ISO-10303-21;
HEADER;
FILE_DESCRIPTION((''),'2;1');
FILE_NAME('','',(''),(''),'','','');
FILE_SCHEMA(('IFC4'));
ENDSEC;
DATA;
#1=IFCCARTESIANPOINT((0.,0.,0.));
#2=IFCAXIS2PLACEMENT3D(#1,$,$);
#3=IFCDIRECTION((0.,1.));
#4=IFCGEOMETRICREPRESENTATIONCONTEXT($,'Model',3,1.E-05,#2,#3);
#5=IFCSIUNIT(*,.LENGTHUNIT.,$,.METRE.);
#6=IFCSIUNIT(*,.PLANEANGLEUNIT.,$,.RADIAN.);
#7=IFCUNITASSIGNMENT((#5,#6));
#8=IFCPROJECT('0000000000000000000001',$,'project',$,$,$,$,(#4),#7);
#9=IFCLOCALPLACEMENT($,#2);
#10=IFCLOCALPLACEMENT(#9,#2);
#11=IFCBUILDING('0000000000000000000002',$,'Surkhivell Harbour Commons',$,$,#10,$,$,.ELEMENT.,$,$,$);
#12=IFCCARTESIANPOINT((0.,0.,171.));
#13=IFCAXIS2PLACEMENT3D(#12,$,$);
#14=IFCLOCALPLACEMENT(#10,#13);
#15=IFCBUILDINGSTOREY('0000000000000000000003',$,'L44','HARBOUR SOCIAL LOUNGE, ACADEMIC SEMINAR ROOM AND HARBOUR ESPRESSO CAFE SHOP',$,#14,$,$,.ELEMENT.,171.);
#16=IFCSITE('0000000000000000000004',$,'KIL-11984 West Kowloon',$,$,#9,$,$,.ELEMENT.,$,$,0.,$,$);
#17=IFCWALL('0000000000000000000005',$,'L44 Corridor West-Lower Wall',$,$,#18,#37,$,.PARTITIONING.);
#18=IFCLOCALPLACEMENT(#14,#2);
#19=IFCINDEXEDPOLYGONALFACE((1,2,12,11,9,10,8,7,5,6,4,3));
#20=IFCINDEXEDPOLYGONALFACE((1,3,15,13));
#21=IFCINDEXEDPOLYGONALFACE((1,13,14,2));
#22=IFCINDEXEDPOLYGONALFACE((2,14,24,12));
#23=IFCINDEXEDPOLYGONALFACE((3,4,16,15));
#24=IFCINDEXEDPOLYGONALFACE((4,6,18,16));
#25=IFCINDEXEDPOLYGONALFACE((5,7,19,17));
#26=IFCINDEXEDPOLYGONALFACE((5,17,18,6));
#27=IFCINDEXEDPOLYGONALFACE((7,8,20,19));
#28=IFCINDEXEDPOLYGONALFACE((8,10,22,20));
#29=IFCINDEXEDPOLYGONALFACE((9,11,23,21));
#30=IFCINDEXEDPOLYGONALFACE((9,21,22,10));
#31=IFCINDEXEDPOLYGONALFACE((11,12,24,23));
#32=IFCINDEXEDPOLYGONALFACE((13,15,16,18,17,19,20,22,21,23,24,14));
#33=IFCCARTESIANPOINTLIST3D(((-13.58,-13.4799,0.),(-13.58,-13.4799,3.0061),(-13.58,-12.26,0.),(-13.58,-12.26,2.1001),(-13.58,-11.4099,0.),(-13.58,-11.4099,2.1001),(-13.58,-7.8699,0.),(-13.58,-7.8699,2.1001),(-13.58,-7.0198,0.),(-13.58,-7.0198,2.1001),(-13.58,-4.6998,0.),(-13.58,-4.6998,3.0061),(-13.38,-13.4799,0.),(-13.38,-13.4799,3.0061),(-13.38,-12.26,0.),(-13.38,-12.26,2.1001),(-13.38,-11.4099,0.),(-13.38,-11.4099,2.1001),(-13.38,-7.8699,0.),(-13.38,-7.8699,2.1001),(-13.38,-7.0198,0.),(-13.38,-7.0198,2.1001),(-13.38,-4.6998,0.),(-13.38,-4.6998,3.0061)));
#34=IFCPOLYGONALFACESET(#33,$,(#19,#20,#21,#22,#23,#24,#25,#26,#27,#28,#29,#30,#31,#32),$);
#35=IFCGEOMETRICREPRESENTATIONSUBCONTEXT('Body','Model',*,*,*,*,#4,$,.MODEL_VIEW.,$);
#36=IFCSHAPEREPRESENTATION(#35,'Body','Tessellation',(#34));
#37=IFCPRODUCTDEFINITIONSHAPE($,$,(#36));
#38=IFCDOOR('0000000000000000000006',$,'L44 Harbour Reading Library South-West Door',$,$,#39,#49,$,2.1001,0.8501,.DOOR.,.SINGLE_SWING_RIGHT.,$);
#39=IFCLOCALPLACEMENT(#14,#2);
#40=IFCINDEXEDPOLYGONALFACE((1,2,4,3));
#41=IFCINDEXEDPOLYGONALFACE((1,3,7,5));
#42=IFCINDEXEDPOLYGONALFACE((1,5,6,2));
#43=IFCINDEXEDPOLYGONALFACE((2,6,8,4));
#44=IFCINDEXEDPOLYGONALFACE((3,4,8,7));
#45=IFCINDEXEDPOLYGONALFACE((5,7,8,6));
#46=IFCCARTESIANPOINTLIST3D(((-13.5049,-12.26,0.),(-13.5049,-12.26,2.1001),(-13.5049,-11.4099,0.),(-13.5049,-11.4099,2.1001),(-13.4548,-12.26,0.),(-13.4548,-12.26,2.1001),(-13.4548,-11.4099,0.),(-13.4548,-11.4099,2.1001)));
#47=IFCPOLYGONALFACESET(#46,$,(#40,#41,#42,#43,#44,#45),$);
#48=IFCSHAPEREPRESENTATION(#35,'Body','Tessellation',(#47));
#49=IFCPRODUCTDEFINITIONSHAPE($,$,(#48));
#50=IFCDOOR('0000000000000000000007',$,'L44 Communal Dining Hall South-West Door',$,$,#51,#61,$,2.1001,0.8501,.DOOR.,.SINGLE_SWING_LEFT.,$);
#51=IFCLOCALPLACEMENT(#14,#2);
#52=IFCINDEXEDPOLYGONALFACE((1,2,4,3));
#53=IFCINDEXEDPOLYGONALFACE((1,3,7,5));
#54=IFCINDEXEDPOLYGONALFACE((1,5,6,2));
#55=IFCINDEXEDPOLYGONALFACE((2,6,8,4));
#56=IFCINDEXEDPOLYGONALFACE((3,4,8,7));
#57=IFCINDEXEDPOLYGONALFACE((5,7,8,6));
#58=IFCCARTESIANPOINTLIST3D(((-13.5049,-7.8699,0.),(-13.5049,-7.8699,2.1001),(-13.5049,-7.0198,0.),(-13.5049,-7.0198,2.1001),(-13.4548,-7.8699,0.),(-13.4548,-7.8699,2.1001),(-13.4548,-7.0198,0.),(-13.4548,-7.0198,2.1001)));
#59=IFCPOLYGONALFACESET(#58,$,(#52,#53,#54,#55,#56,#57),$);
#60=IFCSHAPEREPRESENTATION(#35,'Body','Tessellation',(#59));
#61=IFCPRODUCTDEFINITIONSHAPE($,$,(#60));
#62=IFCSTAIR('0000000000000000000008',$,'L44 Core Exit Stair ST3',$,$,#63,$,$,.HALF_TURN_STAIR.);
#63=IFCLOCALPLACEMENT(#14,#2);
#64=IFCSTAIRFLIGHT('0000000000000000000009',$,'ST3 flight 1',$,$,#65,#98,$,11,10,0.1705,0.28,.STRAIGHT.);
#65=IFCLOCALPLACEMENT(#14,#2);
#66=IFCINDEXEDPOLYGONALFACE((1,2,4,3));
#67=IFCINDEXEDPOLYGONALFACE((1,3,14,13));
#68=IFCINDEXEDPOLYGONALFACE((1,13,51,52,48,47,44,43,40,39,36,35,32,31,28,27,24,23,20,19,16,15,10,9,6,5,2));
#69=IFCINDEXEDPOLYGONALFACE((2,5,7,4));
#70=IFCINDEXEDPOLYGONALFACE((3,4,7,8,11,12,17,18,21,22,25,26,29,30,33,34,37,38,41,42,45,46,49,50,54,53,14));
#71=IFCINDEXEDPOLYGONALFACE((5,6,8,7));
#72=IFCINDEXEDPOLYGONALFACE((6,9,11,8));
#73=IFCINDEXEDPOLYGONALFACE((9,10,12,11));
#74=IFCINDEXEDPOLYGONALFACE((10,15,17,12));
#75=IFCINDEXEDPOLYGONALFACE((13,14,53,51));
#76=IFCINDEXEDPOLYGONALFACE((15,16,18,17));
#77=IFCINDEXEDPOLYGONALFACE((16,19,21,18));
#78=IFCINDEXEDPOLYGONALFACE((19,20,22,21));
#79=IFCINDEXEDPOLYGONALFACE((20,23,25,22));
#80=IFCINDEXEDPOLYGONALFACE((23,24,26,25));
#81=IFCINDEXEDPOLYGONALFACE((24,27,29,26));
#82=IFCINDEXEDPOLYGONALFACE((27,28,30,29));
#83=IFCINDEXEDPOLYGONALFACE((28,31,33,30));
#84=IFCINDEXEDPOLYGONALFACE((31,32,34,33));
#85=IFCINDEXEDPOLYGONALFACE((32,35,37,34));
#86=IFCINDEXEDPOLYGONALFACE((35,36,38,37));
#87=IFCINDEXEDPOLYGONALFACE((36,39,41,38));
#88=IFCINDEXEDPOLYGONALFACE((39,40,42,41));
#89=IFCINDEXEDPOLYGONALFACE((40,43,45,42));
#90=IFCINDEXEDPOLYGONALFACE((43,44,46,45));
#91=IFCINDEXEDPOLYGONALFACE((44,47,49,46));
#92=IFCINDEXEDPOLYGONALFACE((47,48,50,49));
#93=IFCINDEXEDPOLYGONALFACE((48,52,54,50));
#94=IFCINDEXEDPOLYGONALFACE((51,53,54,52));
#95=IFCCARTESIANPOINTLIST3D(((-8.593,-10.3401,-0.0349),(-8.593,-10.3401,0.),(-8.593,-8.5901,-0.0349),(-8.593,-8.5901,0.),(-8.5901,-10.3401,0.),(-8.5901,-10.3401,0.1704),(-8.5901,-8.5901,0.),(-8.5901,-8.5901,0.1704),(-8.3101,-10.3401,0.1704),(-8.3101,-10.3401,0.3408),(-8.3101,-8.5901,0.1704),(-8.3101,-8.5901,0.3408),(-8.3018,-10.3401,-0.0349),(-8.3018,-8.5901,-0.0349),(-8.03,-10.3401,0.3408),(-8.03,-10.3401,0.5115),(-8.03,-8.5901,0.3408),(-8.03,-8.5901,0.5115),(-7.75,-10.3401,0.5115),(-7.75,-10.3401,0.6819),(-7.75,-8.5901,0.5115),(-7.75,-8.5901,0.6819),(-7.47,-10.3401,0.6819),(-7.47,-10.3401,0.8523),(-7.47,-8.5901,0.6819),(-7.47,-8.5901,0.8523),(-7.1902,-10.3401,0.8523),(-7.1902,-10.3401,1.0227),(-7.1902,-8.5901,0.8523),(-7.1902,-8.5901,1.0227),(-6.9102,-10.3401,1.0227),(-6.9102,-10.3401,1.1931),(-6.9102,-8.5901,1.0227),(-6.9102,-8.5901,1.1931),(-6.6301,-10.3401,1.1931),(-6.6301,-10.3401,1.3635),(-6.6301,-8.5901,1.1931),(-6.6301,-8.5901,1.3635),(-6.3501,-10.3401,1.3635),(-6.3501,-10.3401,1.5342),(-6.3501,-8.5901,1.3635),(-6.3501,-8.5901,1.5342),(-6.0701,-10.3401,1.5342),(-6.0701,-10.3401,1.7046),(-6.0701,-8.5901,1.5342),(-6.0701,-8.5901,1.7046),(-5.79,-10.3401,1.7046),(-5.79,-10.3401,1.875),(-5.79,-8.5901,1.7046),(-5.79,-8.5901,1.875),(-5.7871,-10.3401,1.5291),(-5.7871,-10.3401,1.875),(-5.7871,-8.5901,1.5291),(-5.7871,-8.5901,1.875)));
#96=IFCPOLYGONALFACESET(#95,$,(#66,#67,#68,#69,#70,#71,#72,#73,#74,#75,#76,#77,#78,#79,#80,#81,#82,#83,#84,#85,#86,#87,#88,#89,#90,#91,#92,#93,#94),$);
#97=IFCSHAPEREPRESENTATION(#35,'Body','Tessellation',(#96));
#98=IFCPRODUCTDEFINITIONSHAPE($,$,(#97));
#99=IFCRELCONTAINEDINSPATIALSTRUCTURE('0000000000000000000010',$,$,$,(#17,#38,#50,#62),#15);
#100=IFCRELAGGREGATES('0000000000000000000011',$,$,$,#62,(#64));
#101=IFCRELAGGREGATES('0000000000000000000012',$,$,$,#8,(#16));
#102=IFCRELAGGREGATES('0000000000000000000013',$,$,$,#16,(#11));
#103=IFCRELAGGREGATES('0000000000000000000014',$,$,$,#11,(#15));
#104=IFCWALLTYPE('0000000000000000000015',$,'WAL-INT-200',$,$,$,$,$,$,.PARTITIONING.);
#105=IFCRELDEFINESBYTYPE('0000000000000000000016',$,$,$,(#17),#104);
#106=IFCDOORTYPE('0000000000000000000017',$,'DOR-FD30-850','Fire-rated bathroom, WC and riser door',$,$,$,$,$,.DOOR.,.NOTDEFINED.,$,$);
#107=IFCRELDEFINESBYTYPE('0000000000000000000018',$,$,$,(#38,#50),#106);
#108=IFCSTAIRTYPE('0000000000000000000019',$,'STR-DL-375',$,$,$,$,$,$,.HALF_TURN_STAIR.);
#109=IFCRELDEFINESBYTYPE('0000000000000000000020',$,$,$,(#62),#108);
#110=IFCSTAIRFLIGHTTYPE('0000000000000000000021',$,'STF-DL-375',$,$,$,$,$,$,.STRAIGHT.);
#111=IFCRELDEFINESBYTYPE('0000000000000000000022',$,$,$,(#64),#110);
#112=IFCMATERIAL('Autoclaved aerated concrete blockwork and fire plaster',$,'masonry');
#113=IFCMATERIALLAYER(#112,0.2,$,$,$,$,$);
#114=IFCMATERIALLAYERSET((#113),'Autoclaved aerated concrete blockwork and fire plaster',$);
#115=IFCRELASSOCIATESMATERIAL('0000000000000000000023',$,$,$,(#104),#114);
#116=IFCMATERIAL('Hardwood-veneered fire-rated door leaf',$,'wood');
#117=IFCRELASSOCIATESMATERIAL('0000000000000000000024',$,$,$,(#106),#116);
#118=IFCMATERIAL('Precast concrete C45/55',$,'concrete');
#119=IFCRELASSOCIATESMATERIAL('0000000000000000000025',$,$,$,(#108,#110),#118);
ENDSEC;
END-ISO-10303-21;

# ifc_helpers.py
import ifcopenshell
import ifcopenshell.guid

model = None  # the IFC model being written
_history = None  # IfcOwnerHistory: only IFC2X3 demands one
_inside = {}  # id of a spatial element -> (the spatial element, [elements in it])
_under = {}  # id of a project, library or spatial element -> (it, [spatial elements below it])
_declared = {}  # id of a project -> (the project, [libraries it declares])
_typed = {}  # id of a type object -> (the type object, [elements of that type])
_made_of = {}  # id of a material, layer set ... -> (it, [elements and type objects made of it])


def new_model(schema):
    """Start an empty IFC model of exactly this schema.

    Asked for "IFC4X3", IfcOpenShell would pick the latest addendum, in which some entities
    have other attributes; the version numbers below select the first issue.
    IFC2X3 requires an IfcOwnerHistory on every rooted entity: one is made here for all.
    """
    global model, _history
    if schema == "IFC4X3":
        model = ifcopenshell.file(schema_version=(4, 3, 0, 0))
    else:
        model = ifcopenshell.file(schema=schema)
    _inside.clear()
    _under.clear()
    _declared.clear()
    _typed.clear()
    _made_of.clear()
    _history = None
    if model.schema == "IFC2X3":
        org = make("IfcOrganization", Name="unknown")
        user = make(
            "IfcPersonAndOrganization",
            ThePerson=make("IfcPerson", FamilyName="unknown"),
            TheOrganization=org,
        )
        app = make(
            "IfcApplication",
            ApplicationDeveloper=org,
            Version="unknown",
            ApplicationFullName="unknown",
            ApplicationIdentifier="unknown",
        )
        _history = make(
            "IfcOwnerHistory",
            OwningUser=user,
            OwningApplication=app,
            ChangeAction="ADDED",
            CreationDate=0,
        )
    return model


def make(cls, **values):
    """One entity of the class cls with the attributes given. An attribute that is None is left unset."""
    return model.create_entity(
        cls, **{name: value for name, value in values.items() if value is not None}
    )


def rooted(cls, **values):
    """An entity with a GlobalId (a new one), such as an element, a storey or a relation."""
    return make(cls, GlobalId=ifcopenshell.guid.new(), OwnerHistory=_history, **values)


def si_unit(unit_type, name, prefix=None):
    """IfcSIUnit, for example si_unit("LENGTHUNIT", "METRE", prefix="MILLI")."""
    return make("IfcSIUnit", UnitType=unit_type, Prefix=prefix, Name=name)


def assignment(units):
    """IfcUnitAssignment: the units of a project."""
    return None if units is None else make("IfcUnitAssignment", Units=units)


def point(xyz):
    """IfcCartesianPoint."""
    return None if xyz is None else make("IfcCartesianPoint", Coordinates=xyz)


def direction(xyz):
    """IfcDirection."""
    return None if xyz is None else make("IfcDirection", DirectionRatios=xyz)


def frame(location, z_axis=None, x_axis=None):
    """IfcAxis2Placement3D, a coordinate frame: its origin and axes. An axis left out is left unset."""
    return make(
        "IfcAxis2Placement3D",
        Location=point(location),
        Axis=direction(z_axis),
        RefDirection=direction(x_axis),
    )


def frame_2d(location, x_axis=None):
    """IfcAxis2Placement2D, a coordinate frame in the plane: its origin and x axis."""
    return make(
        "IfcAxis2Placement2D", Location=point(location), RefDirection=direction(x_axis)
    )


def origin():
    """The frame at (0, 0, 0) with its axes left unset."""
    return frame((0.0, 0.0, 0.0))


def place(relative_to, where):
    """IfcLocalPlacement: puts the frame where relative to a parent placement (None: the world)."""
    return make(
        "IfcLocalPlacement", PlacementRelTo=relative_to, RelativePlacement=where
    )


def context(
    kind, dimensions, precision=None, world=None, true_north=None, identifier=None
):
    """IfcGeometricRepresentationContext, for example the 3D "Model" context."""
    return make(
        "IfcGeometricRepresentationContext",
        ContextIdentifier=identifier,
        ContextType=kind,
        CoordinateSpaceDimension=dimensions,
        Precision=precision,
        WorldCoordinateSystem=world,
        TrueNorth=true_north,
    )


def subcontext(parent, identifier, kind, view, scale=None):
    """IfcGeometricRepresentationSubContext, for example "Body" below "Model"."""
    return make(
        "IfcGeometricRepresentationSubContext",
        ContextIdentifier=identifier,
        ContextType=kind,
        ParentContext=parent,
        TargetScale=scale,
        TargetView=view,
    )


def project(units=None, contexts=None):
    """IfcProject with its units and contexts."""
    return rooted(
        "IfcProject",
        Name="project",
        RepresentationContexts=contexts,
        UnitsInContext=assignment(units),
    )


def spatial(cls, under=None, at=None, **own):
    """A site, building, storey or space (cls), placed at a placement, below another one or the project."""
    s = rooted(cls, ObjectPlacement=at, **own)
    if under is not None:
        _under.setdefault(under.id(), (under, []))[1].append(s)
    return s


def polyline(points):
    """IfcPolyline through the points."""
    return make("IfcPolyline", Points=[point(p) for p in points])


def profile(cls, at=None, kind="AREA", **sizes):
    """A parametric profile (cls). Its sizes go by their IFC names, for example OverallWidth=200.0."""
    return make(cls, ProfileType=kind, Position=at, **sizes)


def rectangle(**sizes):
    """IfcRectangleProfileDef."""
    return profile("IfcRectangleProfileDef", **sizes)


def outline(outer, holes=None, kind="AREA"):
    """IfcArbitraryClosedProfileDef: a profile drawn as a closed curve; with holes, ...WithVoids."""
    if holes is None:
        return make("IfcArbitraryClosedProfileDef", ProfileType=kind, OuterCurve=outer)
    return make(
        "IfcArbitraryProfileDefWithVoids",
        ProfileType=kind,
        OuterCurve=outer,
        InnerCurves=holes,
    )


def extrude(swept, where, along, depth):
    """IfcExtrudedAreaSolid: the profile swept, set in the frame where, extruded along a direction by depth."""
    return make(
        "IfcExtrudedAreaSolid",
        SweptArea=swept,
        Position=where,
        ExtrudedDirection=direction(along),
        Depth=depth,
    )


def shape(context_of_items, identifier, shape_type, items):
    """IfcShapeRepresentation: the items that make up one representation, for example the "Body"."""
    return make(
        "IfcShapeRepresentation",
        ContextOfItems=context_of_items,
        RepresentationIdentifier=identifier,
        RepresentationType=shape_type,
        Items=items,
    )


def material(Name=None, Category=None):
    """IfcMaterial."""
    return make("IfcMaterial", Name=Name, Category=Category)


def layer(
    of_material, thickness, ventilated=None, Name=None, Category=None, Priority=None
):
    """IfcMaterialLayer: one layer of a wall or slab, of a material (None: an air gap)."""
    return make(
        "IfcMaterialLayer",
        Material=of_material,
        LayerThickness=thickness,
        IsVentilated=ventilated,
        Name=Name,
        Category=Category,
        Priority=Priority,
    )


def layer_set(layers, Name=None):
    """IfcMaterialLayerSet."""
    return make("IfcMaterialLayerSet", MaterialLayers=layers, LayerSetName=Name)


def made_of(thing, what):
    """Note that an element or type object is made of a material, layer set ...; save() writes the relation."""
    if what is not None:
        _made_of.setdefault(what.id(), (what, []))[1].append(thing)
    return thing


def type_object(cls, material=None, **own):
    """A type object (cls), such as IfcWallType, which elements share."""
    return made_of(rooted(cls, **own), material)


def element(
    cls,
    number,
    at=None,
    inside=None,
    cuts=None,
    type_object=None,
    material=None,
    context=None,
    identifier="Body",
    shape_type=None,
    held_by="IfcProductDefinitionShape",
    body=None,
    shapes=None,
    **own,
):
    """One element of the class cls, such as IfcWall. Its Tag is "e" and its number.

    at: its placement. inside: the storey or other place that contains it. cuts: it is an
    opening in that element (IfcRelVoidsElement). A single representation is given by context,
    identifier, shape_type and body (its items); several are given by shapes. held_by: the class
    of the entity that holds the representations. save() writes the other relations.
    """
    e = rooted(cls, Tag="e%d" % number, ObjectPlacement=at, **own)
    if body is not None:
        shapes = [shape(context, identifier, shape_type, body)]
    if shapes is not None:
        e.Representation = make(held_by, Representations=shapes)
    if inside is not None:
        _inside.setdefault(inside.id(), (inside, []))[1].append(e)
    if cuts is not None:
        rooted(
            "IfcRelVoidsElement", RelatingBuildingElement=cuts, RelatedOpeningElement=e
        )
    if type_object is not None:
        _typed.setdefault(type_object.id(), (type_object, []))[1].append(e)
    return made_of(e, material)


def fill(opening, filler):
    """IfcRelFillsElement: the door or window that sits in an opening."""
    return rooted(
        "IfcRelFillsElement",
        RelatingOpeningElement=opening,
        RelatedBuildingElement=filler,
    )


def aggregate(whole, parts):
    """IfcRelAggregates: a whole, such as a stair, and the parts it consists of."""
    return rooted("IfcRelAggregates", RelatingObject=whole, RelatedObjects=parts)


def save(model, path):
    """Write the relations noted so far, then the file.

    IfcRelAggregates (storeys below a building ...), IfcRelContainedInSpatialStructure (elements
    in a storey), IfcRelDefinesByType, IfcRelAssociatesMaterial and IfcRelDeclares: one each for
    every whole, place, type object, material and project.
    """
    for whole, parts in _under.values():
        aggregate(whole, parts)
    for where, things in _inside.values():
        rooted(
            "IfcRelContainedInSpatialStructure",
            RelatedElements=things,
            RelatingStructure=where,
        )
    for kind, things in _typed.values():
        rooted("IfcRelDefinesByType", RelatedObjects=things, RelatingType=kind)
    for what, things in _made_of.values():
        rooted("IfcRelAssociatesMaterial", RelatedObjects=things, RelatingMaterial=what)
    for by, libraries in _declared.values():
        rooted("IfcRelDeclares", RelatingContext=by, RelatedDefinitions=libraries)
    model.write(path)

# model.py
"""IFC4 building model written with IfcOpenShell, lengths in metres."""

from ifc_helpers import new_model, si_unit, direction, frame, frame_2d, origin, place, context, subcontext, project, spatial, polyline, rectangle, outline, extrude, material, layer, layer_set, type_object, element, fill, aggregate, save


model = new_model("IFC4")

# Units and contexts
model_context = context("Model", 3, precision=1e-05, world=origin(), true_north=direction((0.0, 1.0)))
body_context = subcontext(model_context, "Body", "Model", "MODEL_VIEW")
ifc_project = project(units=[si_unit("LENGTHUNIT", "METRE"), si_unit("PLANEANGLEUNIT", "RADIAN")], contexts=[model_context])

# Site, building, storey
site_placement = place(None, origin())
site = spatial("IfcSite", under=ifc_project, at=site_placement, Name="KIL-11984 West Kowloon", CompositionType="ELEMENT", RefElevation=0.0)
building_placement = place(site_placement, origin())
building = spatial("IfcBuilding", under=site, at=building_placement, Name="Surkhivell Harbour Commons", CompositionType="ELEMENT")
storey_placement = place(building_placement, frame((0.0, 0.0, 171.0)))
storey = spatial("IfcBuildingStorey", under=building, at=storey_placement, Name="L44", Description="HARBOUR SOCIAL LOUNGE, ACADEMIC SEMINAR ROOM AND HARBOUR ESPRESSO CAFE SHOP", CompositionType="ELEMENT", Elevation=171.0)

# Wall, openings, doors
ifc_material_1 = material(Name="Autoclaved aerated concrete blockwork and fire plaster", Category="masonry")
ifc_layer_1 = layer(ifc_material_1, 0.2)
ifc_layer_set_1 = layer_set([ifc_layer_1], Name="Autoclaved aerated concrete blockwork and fire plaster")
wall_type_1 = type_object("IfcWallType", Name="WAL-INT-200", PredefinedType="PARTITIONING", material=ifc_layer_set_1)
ifc_material_2 = material(Name="Hardwood-veneered fire-rated door leaf", Category="wood")
door_type = type_object("IfcDoorType", Name="DOR-FD30-850", Description="Fire-rated bathroom, WC and riser door", OperationType="NOTDEFINED", PredefinedType="DOOR", material=ifc_material_2)
wall_1_placement = place(storey_placement, frame((-13.48, -13.48, 0.0), z_axis=(0.0, 0.0, 1.0), x_axis=(0.0, 1.0, 0.0)))
wall_1 = element("IfcWall", 1, at=wall_1_placement, inside=storey, type_object=wall_type_1, Name="L44 Corridor West-Lower Wall", PredefinedType="PARTITIONING", context=body_context, shape_type="SweptSolid", body=[
    extrude(rectangle(XDim=8.78, YDim=0.2, at=frame_2d((4.3901, 0.0))), origin(), (0.0, 0.0, 1.0), 3.0061),
])
opening_1_placement = place(wall_1_placement, frame((1.22, 0.0, 0.0)))
opening_1 = element("IfcOpeningElement", 2, at=opening_1_placement, cuts=wall_1, PredefinedType="OPENING", context=body_context, shape_type="SweptSolid", body=[
    extrude(rectangle(XDim=0.8501, YDim=2.1001, at=frame_2d((0.425, 1.05))), frame((0.0, 0.1099, 0.0), z_axis=(0.0, -1.0, 0.0), x_axis=(1.0, 0.0, 0.0)), (0.0, 0.0, 1.0), 0.22),
])
opening_2_placement = place(wall_1_placement, frame((5.6101, 0.0, 0.0)))
opening_2 = element("IfcOpeningElement", 3, at=opening_2_placement, cuts=wall_1, PredefinedType="OPENING", context=body_context, shape_type="SweptSolid", body=[
    extrude(rectangle(XDim=0.8501, YDim=2.1001, at=frame_2d((0.425, 1.05))), frame((0.0, 0.1099, 0.0), z_axis=(0.0, -1.0, 0.0), x_axis=(1.0, 0.0, 0.0)), (0.0, 0.0, 1.0), 0.22),
])
door_1_placement = place(opening_1_placement, origin())
door_1 = element("IfcDoor", 4, at=door_1_placement, inside=storey, type_object=door_type, Name="L44 Harbour Reading Library South-West Door", OperationType="SINGLE_SWING_RIGHT", OverallHeight=2.1001, OverallWidth=0.8501, PredefinedType="DOOR", context=body_context, shape_type="SweptSolid", body=[
    extrude(rectangle(XDim=0.8501, YDim=2.1001, at=frame_2d((0.425, 1.05))), frame((0.0, 0.0249, 0.0), z_axis=(0.0, -1.0, 0.0), x_axis=(1.0, 0.0, 0.0)), (0.0, 0.0, 1.0), 0.05),
])
fill(opening_1, door_1)
door_2_placement = place(opening_2_placement, origin())
door_2 = element("IfcDoor", 5, at=door_2_placement, inside=storey, type_object=door_type, Name="L44 Communal Dining Hall South-West Door", OperationType="SINGLE_SWING_LEFT", OverallHeight=2.1001, OverallWidth=0.8501, PredefinedType="DOOR", context=body_context, shape_type="SweptSolid", body=[
    extrude(rectangle(XDim=0.8501, YDim=2.1001, at=frame_2d((0.425, 1.05))), frame((0.0, 0.0249, 0.0), z_axis=(0.0, -1.0, 0.0), x_axis=(1.0, 0.0, 0.0)), (0.0, 0.0, 1.0), 0.05),
])
fill(opening_2, door_2)

# Stair, stair flight
ifc_material_3 = material(Name="Precast concrete C45/55", Category="concrete")
stair_type = type_object("IfcStairType", Name="STR-DL-375", PredefinedType="HALF_TURN_STAIR", material=ifc_material_3)
stair_placement = place(storey_placement, origin())
stair = element("IfcStair", 6, at=stair_placement, inside=storey, type_object=stair_type, Name="L44 Core Exit Stair ST3", PredefinedType="HALF_TURN_STAIR")
stair_flight_type = type_object("IfcStairFlightType", Name="STF-DL-375", PredefinedType="STRAIGHT", material=ifc_material_3)
stair_flight_placement = place(storey_placement, frame((-8.5901, -9.4651, 0.0), z_axis=(0.0, 0.0, 1.0), x_axis=(1.0, 0.0, 0.0)))
stair_flight = element("IfcStairFlight", 7, at=stair_flight_placement, type_object=stair_flight_type, Name="ST3 flight 1", NumberOfRisers=11, NumberOfTreads=10, PredefinedType="STRAIGHT", RiserHeight=0.1705, TreadLength=0.28, context=body_context, shape_type="SweptSolid", body=[
    extrude(outline(polyline([(-0.0029, -0.0349), (-0.0029, 0.0), (0.0, 0.0), (0.0, 0.1704), (0.28, 0.1704), (0.28, 0.3408), (0.5601, 0.3408), (0.5601, 0.5115), (0.8401, 0.5115), (0.8401, 0.6819), (1.1201, 0.6819), (1.1201, 0.8523), (1.3999, 0.8523), (1.3999, 1.0227), (1.6799, 1.0227), (1.6799, 1.1931), (1.96, 1.1931), (1.96, 1.3635), (2.24, 1.3635), (2.24, 1.5342), (2.52, 1.5342), (2.52, 1.7046), (2.8, 1.7046), (2.8, 1.875), (2.803, 1.875), (2.803, 1.5291), (0.2883, -0.0349), (-0.0029, -0.0349)])), frame((0.0, 0.875, 0.0), z_axis=(0.0, -1.0, 0.0), x_axis=(1.0, 0.0, 0.0)), (0.0, 0.0, 1.0), 1.75),
])
aggregate(stair, [stair_flight])

save(model, "model.ifc")
